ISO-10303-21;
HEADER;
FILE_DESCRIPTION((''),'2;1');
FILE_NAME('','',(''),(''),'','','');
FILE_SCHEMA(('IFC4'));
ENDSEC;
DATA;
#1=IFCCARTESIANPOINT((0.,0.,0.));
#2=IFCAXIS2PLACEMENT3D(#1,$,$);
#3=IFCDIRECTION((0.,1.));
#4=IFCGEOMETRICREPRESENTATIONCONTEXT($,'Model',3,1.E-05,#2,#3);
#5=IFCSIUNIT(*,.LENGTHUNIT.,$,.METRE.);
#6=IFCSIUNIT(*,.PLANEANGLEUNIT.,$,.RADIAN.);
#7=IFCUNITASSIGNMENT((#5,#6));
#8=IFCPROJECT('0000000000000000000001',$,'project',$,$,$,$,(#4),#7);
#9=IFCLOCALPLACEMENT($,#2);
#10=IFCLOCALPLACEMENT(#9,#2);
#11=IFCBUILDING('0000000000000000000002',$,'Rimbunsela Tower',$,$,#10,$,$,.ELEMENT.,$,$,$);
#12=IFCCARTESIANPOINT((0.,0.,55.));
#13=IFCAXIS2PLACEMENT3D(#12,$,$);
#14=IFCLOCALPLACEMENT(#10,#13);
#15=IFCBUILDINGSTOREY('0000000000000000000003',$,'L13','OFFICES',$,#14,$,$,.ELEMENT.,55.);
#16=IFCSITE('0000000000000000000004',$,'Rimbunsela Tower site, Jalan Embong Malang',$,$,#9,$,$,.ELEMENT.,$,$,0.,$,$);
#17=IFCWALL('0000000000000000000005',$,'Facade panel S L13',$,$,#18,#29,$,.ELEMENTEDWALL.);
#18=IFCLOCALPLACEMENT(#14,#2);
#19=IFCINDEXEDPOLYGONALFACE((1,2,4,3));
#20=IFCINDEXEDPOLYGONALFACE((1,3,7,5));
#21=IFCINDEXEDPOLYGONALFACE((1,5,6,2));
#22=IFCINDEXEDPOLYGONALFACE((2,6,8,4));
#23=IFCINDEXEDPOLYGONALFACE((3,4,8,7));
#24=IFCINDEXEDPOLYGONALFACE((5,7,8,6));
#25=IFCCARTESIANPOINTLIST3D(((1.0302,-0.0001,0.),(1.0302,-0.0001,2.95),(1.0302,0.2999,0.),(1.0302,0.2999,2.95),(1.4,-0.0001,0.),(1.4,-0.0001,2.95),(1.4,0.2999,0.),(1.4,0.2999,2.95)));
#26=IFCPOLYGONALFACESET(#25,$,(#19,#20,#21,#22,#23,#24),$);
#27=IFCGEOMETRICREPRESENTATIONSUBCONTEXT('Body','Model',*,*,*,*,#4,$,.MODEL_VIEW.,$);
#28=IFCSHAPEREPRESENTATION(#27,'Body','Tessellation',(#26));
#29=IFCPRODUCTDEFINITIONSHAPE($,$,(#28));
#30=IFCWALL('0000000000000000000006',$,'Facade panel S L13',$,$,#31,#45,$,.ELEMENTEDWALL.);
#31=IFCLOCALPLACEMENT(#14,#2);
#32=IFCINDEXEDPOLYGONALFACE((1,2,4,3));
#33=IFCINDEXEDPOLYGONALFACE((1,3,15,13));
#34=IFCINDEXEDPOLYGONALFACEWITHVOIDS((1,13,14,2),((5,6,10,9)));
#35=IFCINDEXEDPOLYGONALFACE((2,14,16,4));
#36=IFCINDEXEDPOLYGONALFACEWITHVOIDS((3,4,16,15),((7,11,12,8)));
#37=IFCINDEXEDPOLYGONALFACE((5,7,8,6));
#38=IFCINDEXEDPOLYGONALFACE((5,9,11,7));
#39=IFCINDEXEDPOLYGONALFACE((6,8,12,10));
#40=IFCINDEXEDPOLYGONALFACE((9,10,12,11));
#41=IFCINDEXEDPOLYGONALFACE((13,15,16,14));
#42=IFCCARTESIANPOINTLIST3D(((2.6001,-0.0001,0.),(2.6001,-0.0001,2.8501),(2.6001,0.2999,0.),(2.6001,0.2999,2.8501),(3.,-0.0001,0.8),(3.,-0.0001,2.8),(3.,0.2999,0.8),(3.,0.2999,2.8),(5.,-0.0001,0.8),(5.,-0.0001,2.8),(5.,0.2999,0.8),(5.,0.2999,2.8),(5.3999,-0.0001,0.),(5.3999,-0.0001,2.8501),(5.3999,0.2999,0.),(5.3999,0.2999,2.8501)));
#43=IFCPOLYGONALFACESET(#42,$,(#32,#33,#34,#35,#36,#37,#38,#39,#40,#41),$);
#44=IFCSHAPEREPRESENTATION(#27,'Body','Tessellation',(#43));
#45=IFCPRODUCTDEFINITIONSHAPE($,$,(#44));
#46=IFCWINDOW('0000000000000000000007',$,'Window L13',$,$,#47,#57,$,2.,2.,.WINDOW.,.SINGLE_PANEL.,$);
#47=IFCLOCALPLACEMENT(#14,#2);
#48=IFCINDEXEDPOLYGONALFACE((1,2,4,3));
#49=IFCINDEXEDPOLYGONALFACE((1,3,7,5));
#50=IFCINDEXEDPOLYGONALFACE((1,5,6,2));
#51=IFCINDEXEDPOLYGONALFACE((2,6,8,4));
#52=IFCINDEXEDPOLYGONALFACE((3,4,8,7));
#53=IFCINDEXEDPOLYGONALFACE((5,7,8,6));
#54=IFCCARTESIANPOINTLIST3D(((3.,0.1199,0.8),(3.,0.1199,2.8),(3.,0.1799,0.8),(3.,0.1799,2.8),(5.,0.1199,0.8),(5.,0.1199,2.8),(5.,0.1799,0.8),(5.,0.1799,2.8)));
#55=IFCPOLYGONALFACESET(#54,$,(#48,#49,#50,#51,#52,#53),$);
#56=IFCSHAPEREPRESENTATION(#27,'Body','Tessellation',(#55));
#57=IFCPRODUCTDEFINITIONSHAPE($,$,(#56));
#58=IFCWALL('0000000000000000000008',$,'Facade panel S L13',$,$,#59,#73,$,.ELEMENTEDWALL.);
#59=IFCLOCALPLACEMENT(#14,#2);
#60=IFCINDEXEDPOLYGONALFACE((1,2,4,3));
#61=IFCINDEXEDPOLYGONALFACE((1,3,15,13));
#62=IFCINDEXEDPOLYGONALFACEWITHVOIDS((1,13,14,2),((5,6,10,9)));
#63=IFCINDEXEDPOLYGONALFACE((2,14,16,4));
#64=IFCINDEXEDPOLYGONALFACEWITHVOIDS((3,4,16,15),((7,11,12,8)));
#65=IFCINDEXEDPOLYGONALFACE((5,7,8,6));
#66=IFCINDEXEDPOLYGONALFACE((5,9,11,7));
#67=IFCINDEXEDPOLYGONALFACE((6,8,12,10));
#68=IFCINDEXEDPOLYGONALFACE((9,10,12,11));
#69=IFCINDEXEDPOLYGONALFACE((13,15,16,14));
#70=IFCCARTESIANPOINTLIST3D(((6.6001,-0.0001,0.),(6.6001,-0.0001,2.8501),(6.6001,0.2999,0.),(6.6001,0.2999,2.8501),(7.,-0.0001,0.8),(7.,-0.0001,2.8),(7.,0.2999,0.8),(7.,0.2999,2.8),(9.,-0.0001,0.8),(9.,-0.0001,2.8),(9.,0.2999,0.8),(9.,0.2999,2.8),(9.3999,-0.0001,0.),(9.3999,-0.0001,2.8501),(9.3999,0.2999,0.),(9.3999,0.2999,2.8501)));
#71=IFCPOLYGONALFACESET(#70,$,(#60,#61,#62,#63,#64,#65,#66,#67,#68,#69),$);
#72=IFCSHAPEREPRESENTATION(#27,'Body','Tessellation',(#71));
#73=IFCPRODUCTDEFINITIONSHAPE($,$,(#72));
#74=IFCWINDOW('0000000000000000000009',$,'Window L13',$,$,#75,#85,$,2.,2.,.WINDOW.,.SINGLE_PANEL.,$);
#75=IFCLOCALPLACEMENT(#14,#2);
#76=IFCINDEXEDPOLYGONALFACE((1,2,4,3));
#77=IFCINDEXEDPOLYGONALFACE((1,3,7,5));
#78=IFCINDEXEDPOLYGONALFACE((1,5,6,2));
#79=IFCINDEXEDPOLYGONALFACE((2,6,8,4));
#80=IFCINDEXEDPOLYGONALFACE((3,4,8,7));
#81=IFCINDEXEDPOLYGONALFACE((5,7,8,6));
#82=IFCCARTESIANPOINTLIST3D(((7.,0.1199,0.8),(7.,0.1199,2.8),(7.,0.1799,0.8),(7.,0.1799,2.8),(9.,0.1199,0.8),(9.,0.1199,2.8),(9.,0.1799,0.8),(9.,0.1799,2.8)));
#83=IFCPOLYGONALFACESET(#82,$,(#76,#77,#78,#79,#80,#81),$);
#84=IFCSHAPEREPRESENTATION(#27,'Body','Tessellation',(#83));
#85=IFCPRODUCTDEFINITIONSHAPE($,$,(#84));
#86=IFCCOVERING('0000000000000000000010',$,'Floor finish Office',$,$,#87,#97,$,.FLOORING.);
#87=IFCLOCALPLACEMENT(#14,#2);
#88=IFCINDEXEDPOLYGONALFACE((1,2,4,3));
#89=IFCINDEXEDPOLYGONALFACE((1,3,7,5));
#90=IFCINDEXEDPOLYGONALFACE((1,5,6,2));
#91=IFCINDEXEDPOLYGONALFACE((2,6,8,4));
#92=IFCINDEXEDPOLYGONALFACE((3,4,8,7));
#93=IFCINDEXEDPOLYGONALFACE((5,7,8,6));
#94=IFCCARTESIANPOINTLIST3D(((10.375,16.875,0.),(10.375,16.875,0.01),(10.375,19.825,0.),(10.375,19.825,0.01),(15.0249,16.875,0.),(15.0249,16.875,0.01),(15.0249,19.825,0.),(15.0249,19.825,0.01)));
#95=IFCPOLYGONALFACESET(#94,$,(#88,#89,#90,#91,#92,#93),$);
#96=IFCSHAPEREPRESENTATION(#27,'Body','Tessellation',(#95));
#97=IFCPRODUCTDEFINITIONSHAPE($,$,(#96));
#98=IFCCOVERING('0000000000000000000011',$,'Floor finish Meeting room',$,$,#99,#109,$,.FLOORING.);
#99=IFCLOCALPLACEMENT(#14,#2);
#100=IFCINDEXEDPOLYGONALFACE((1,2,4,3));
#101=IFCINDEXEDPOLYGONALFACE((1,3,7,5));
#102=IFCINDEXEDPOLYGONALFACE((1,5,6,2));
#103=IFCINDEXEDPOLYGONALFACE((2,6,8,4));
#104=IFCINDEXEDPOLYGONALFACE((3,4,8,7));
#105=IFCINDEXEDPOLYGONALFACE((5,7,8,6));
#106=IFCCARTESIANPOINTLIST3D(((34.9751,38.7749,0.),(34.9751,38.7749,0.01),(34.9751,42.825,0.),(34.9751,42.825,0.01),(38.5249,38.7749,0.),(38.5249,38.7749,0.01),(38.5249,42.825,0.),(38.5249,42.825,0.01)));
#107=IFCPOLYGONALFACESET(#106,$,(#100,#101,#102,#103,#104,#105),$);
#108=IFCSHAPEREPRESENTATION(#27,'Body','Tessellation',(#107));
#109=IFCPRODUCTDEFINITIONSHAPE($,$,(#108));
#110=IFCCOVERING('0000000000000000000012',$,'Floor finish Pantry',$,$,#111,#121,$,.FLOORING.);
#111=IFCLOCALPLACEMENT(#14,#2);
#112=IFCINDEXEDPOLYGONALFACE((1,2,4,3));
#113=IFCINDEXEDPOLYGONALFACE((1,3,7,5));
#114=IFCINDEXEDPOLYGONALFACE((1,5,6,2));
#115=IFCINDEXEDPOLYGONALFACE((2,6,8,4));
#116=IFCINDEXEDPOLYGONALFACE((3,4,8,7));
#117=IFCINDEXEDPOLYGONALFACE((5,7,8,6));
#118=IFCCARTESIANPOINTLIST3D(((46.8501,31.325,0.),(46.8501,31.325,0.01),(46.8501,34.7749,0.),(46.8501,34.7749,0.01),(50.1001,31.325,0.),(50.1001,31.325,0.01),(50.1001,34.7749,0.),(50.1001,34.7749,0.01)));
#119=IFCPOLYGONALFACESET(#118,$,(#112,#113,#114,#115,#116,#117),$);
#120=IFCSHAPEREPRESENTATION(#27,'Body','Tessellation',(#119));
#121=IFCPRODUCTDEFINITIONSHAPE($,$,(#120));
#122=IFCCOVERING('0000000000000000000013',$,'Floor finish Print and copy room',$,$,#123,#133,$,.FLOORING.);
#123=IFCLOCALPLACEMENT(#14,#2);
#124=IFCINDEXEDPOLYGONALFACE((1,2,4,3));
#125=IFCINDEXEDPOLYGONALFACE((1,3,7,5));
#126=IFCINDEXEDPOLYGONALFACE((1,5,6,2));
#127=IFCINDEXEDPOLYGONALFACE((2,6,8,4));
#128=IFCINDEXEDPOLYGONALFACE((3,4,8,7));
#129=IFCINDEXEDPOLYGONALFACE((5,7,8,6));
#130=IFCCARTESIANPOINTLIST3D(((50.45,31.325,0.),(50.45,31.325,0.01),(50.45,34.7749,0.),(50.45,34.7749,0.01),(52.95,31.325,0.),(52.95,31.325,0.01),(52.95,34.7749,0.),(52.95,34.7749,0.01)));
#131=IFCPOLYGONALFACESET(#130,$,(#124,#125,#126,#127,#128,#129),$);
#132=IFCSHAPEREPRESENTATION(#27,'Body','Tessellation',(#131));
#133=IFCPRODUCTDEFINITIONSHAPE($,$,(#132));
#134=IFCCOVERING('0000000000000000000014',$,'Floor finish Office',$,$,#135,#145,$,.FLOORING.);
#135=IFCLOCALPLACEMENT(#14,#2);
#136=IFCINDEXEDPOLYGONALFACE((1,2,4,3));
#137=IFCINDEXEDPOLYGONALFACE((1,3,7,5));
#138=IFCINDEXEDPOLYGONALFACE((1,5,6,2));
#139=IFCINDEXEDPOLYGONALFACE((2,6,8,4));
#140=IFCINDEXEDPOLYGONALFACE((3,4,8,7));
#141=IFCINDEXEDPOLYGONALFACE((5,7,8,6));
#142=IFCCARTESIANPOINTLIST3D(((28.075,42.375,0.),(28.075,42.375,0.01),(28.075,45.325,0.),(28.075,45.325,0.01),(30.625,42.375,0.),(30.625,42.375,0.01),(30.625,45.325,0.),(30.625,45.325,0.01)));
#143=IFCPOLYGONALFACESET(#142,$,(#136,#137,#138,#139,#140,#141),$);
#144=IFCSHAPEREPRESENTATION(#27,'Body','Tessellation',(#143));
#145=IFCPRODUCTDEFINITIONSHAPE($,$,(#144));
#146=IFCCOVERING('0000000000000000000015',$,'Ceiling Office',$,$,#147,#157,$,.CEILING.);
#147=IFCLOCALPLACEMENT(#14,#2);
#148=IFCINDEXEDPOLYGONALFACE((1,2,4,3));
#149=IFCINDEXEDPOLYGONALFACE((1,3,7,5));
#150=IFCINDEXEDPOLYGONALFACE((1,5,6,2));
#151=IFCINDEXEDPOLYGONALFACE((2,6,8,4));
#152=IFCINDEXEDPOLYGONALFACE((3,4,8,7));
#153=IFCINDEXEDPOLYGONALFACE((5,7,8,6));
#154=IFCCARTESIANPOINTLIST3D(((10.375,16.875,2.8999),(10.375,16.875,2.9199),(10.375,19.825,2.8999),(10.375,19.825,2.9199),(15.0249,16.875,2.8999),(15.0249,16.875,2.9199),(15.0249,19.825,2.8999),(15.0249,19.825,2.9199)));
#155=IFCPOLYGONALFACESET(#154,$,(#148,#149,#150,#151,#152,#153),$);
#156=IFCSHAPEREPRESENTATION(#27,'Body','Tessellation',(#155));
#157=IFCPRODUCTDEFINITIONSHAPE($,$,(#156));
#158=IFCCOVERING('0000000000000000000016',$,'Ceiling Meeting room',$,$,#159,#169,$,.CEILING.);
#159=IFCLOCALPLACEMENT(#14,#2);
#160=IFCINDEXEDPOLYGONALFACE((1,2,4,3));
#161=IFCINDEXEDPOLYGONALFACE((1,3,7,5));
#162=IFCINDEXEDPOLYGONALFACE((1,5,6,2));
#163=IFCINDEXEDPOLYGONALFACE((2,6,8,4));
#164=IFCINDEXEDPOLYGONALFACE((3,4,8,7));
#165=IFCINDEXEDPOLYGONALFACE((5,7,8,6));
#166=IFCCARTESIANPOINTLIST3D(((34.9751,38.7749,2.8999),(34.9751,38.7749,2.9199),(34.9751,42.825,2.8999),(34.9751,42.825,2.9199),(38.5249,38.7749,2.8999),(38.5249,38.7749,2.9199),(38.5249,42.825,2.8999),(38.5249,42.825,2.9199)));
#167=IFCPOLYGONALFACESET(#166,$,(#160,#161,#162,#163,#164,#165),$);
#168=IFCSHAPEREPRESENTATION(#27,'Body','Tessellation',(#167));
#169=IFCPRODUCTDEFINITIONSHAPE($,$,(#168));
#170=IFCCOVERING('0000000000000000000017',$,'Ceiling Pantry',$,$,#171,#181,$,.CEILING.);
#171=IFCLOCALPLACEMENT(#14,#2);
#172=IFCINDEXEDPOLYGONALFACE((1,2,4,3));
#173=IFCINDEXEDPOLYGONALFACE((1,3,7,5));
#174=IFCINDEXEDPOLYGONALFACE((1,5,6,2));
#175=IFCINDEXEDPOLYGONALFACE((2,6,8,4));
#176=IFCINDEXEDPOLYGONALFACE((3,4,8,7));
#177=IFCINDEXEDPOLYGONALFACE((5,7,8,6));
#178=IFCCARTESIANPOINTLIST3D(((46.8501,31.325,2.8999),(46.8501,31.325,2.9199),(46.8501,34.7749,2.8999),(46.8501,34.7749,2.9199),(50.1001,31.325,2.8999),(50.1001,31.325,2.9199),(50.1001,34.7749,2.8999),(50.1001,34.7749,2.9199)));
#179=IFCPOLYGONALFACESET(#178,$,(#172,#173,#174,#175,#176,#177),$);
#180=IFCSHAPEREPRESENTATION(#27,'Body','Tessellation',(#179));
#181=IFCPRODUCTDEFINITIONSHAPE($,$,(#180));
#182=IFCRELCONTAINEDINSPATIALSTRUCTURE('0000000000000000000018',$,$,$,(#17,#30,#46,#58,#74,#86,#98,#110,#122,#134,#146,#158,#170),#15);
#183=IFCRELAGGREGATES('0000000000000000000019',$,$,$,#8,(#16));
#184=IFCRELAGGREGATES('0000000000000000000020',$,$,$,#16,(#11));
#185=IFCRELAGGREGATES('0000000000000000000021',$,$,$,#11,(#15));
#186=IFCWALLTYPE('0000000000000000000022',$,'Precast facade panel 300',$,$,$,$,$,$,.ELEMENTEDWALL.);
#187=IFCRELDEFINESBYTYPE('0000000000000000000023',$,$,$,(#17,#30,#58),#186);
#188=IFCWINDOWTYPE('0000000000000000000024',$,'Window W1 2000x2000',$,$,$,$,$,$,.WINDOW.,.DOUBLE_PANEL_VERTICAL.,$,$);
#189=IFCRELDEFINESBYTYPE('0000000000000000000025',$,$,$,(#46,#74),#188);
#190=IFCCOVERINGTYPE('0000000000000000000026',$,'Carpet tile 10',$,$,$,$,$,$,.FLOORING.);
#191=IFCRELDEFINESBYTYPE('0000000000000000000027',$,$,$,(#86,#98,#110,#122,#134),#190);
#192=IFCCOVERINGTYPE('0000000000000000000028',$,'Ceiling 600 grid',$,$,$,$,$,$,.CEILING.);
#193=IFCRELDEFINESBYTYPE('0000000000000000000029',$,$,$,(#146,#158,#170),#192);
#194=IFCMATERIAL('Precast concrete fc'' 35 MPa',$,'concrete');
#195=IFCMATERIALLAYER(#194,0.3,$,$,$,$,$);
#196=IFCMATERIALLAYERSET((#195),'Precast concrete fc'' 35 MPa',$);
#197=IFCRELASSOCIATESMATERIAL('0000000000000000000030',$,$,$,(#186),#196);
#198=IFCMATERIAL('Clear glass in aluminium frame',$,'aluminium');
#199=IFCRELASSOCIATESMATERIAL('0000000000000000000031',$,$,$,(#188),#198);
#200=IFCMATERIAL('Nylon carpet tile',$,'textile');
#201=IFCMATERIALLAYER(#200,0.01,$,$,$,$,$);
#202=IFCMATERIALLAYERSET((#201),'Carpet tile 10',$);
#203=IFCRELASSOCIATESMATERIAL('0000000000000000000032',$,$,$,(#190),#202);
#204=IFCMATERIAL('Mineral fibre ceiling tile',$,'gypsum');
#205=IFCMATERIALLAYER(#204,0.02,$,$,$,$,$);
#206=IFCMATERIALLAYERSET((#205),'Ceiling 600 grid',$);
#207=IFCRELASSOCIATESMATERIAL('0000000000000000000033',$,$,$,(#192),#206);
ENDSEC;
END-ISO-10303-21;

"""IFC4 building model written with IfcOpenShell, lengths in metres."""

from ifc_helpers import new_model, si_unit, direction, frame, frame_2d, origin, place, context, subcontext, project, spatial, polyline, rectangle, outline, extrude, material, layer, layer_set, type_object, element, fill, save


model = new_model("IFC4")

# Units and contexts
model_context = context("Model", 3, precision=1e-05, world=origin(), true_north=direction((0.0, 1.0)))
body_context = subcontext(model_context, "Body", "Model", "MODEL_VIEW")
ifc_project = project(units=[si_unit("LENGTHUNIT", "METRE"), si_unit("PLANEANGLEUNIT", "RADIAN")], contexts=[model_context])

# Site, building, storey
site_placement = place(None, origin())
site = spatial("IfcSite", under=ifc_project, at=site_placement, Name="Rimbunsela Tower site, Jalan Embong Malang", CompositionType="ELEMENT", RefElevation=0.0)
building_placement = place(site_placement, origin())
building = spatial("IfcBuilding", under=site, at=building_placement, Name="Rimbunsela Tower", CompositionType="ELEMENT")
storey_placement = place(building_placement, frame((0.0, 0.0, 55.0)))
storey = spatial("IfcBuildingStorey", under=building, at=storey_placement, Name="L13", Description="OFFICES", CompositionType="ELEMENT", Elevation=55.0)

# Wall
ifc_material_1 = material(Name="Precast concrete fc' 35 MPa", Category="concrete")
ifc_layer_1 = layer(ifc_material_1, 0.3)
ifc_layer_set_1 = layer_set([ifc_layer_1], Name="Precast concrete fc' 35 MPa")
wall_type = type_object("IfcWallType", Name="Precast facade panel 300", PredefinedType="ELEMENTEDWALL", material=ifc_layer_set_1)
wall_1_placement = place(storey_placement, frame((1.03, 0.1499, 0.0), z_axis=(0.0, 0.0, 1.0), x_axis=(1.0, 0.0, 0.0)))
element("IfcWall", 1, at=wall_1_placement, inside=storey, type_object=wall_type, Name="Facade panel S L13", PredefinedType="ELEMENTEDWALL", context=body_context, shape_type="SweptSolid", body=[
    extrude(rectangle(XDim=0.3699, YDim=0.3, at=frame_2d((0.1851, 0.0))), origin(), (0.0, 0.0, 1.0), 2.95),
])

# Walls, openings, windows
wall_2_placement = place(storey_placement, frame((2.6001, 0.1499, 0.0), z_axis=(0.0, 0.0, 1.0), x_axis=(1.0, 0.0, 0.0)))
wall_2 = element("IfcWall", 2, at=wall_2_placement, inside=storey, type_object=wall_type, Name="Facade panel S L13", PredefinedType="ELEMENTEDWALL", context=body_context, shape_type="SweptSolid", body=[
    extrude(rectangle(XDim=2.7998, YDim=0.3, at=frame_2d((1.3999, 0.0))), origin(), (0.0, 0.0, 1.0), 2.8501),
])
opening_1_placement = place(wall_2_placement, frame((0.3999, 0.0, 0.8)))
opening_1 = element("IfcOpeningElement", 3, at=opening_1_placement, cuts=wall_2, PredefinedType="OPENING", context=body_context, shape_type="SweptSolid", body=[
    extrude(rectangle(XDim=2.0, YDim=2.0, at=frame_2d((1.0, 1.0))), frame((0.0, 0.1599, 0.0), z_axis=(0.0, -1.0, 0.0), x_axis=(1.0, 0.0, 0.0)), (0.0, 0.0, 1.0), 0.3201),
])
ifc_material_2 = material(Name="Clear glass in aluminium frame", Category="aluminium")
window_type = type_object("IfcWindowType", Name="Window W1 2000x2000", PartitioningType="DOUBLE_PANEL_VERTICAL", PredefinedType="WINDOW", material=ifc_material_2)
window_1_placement = place(opening_1_placement, origin())
window_1 = element("IfcWindow", 4, at=window_1_placement, inside=storey, type_object=window_type, Name="Window L13", OverallHeight=2.0, OverallWidth=2.0, PartitioningType="SINGLE_PANEL", PredefinedType="WINDOW", context=body_context, shape_type="SweptSolid", body=[
    extrude(rectangle(XDim=2.0, YDim=2.0, at=frame_2d((1.0, 1.0))), frame((0.0, 0.03, 0.0), z_axis=(0.0, -1.0, 0.0), x_axis=(1.0, 0.0, 0.0)), (0.0, 0.0, 1.0), 0.0601),
])
fill(opening_1, window_1)
wall_3_placement = place(storey_placement, frame((6.6001, 0.1499, 0.0), z_axis=(0.0, 0.0, 1.0), x_axis=(1.0, 0.0, 0.0)))
wall_3 = element("IfcWall", 5, at=wall_3_placement, inside=storey, type_object=wall_type, Name="Facade panel S L13", PredefinedType="ELEMENTEDWALL", context=body_context, shape_type="SweptSolid", body=[
    extrude(rectangle(XDim=2.7998, YDim=0.3, at=frame_2d((1.3999, 0.0))), origin(), (0.0, 0.0, 1.0), 2.8501),
])
opening_2_placement = place(wall_3_placement, frame((0.3999, 0.0, 0.8)))
opening_2 = element("IfcOpeningElement", 6, at=opening_2_placement, cuts=wall_3, PredefinedType="OPENING", context=body_context, shape_type="SweptSolid", body=[
    extrude(rectangle(XDim=2.0, YDim=2.0, at=frame_2d((1.0, 1.0))), frame((0.0, 0.1599, 0.0), z_axis=(0.0, -1.0, 0.0), x_axis=(1.0, 0.0, 0.0)), (0.0, 0.0, 1.0), 0.3201),
])
window_2_placement = place(opening_2_placement, origin())
window_2 = element("IfcWindow", 7, at=window_2_placement, inside=storey, type_object=window_type, Name="Window L13", OverallHeight=2.0, OverallWidth=2.0, PartitioningType="SINGLE_PANEL", PredefinedType="WINDOW", context=body_context, shape_type="SweptSolid", body=[
    extrude(rectangle(XDim=2.0, YDim=2.0, at=frame_2d((1.0, 1.0))), frame((0.0, 0.03, 0.0), z_axis=(0.0, -1.0, 0.0), x_axis=(1.0, 0.0, 0.0)), (0.0, 0.0, 1.0), 0.0601),
])
fill(opening_2, window_2)

# Coverings
ifc_material_3 = material(Name="Nylon carpet tile", Category="textile")
ifc_layer_2 = layer(ifc_material_3, 0.01)
ifc_layer_set_2 = layer_set([ifc_layer_2], Name="Carpet tile 10")
covering_type_1 = type_object("IfcCoveringType", Name="Carpet tile 10", PredefinedType="FLOORING", material=ifc_layer_set_2)
covering_1_placement = place(storey_placement, origin())
element("IfcCovering", 8, at=covering_1_placement, inside=storey, type_object=covering_type_1, Name="Floor finish Office", PredefinedType="FLOORING", context=body_context, shape_type="SweptSolid", body=[
    extrude(outline(polyline([(15.0249, 16.875), (15.0249, 19.825), (10.375, 19.825), (10.375, 16.875), (15.0249, 16.875)])), origin(), (0.0, 0.0, 1.0), 0.01),
])
covering_2_placement = place(storey_placement, origin())
element("IfcCovering", 9, at=covering_2_placement, inside=storey, type_object=covering_type_1, Name="Floor finish Meeting room", PredefinedType="FLOORING", context=body_context, shape_type="SweptSolid", body=[
    extrude(outline(polyline([(38.5249, 38.7749), (38.5249, 42.825), (34.9751, 42.825), (34.9751, 38.7749), (38.5249, 38.7749)])), origin(), (0.0, 0.0, 1.0), 0.01),
])
covering_3_placement = place(storey_placement, origin())
element("IfcCovering", 10, at=covering_3_placement, inside=storey, type_object=covering_type_1, Name="Floor finish Pantry", PredefinedType="FLOORING", context=body_context, shape_type="SweptSolid", body=[
    extrude(outline(polyline([(50.1001, 31.325), (50.1001, 34.7749), (46.8501, 34.7749), (46.8501, 31.325), (50.1001, 31.325)])), origin(), (0.0, 0.0, 1.0), 0.01),
])
covering_4_placement = place(storey_placement, origin())
element("IfcCovering", 11, at=covering_4_placement, inside=storey, type_object=covering_type_1, Name="Floor finish Print and copy room", PredefinedType="FLOORING", context=body_context, shape_type="SweptSolid", body=[
    extrude(outline(polyline([(52.95, 31.325), (52.95, 34.7749), (50.45, 34.7749), (50.45, 31.325), (52.95, 31.325)])), origin(), (0.0, 0.0, 1.0), 0.01),
])
covering_5_placement = place(storey_placement, origin())
element("IfcCovering", 12, at=covering_5_placement, inside=storey, type_object=covering_type_1, Name="Floor finish Office", PredefinedType="FLOORING", context=body_context, shape_type="SweptSolid", body=[
    extrude(outline(polyline([(30.625, 42.375), (30.625, 45.325), (28.075, 45.325), (28.075, 42.375), (30.625, 42.375)])), origin(), (0.0, 0.0, 1.0), 0.01),
])
ifc_material_4 = material(Name="Mineral fibre ceiling tile", Category="gypsum")
ifc_layer_3 = layer(ifc_material_4, 0.02)
ifc_layer_set_3 = layer_set([ifc_layer_3], Name="Ceiling 600 grid")
covering_type_2 = type_object("IfcCoveringType", Name="Ceiling 600 grid", PredefinedType="CEILING", material=ifc_layer_set_3)
covering_6_placement = place(storey_placement, frame((0.0, 0.0, 2.8999)))
element("IfcCovering", 13, at=covering_6_placement, inside=storey, type_object=covering_type_2, Name="Ceiling Office", PredefinedType="CEILING", context=body_context, shape_type="SweptSolid", body=[
    extrude(outline(polyline([(15.0249, 16.875), (15.0249, 19.825), (10.375, 19.825), (10.375, 16.875), (15.0249, 16.875)])), origin(), (0.0, 0.0, 1.0), 0.02),
])
covering_7_placement = place(storey_placement, frame((0.0, 0.0, 2.8999)))
element("IfcCovering", 14, at=covering_7_placement, inside=storey, type_object=covering_type_2, Name="Ceiling Meeting room", PredefinedType="CEILING", context=body_context, shape_type="SweptSolid", body=[
    extrude(outline(polyline([(38.5249, 38.7749), (38.5249, 42.825), (34.9751, 42.825), (34.9751, 38.7749), (38.5249, 38.7749)])), origin(), (0.0, 0.0, 1.0), 0.02),
])
covering_8_placement = place(storey_placement, frame((0.0, 0.0, 2.8999)))
element("IfcCovering", 15, at=covering_8_placement, inside=storey, type_object=covering_type_2, Name="Ceiling Pantry", PredefinedType="CEILING", context=body_context, shape_type="SweptSolid", body=[
    extrude(outline(polyline([(50.1001, 31.325), (50.1001, 34.7749), (46.8501, 34.7749), (46.8501, 31.325), (50.1001, 31.325)])), origin(), (0.0, 0.0, 1.0), 0.02),
])

save(model, "model.ifc")
